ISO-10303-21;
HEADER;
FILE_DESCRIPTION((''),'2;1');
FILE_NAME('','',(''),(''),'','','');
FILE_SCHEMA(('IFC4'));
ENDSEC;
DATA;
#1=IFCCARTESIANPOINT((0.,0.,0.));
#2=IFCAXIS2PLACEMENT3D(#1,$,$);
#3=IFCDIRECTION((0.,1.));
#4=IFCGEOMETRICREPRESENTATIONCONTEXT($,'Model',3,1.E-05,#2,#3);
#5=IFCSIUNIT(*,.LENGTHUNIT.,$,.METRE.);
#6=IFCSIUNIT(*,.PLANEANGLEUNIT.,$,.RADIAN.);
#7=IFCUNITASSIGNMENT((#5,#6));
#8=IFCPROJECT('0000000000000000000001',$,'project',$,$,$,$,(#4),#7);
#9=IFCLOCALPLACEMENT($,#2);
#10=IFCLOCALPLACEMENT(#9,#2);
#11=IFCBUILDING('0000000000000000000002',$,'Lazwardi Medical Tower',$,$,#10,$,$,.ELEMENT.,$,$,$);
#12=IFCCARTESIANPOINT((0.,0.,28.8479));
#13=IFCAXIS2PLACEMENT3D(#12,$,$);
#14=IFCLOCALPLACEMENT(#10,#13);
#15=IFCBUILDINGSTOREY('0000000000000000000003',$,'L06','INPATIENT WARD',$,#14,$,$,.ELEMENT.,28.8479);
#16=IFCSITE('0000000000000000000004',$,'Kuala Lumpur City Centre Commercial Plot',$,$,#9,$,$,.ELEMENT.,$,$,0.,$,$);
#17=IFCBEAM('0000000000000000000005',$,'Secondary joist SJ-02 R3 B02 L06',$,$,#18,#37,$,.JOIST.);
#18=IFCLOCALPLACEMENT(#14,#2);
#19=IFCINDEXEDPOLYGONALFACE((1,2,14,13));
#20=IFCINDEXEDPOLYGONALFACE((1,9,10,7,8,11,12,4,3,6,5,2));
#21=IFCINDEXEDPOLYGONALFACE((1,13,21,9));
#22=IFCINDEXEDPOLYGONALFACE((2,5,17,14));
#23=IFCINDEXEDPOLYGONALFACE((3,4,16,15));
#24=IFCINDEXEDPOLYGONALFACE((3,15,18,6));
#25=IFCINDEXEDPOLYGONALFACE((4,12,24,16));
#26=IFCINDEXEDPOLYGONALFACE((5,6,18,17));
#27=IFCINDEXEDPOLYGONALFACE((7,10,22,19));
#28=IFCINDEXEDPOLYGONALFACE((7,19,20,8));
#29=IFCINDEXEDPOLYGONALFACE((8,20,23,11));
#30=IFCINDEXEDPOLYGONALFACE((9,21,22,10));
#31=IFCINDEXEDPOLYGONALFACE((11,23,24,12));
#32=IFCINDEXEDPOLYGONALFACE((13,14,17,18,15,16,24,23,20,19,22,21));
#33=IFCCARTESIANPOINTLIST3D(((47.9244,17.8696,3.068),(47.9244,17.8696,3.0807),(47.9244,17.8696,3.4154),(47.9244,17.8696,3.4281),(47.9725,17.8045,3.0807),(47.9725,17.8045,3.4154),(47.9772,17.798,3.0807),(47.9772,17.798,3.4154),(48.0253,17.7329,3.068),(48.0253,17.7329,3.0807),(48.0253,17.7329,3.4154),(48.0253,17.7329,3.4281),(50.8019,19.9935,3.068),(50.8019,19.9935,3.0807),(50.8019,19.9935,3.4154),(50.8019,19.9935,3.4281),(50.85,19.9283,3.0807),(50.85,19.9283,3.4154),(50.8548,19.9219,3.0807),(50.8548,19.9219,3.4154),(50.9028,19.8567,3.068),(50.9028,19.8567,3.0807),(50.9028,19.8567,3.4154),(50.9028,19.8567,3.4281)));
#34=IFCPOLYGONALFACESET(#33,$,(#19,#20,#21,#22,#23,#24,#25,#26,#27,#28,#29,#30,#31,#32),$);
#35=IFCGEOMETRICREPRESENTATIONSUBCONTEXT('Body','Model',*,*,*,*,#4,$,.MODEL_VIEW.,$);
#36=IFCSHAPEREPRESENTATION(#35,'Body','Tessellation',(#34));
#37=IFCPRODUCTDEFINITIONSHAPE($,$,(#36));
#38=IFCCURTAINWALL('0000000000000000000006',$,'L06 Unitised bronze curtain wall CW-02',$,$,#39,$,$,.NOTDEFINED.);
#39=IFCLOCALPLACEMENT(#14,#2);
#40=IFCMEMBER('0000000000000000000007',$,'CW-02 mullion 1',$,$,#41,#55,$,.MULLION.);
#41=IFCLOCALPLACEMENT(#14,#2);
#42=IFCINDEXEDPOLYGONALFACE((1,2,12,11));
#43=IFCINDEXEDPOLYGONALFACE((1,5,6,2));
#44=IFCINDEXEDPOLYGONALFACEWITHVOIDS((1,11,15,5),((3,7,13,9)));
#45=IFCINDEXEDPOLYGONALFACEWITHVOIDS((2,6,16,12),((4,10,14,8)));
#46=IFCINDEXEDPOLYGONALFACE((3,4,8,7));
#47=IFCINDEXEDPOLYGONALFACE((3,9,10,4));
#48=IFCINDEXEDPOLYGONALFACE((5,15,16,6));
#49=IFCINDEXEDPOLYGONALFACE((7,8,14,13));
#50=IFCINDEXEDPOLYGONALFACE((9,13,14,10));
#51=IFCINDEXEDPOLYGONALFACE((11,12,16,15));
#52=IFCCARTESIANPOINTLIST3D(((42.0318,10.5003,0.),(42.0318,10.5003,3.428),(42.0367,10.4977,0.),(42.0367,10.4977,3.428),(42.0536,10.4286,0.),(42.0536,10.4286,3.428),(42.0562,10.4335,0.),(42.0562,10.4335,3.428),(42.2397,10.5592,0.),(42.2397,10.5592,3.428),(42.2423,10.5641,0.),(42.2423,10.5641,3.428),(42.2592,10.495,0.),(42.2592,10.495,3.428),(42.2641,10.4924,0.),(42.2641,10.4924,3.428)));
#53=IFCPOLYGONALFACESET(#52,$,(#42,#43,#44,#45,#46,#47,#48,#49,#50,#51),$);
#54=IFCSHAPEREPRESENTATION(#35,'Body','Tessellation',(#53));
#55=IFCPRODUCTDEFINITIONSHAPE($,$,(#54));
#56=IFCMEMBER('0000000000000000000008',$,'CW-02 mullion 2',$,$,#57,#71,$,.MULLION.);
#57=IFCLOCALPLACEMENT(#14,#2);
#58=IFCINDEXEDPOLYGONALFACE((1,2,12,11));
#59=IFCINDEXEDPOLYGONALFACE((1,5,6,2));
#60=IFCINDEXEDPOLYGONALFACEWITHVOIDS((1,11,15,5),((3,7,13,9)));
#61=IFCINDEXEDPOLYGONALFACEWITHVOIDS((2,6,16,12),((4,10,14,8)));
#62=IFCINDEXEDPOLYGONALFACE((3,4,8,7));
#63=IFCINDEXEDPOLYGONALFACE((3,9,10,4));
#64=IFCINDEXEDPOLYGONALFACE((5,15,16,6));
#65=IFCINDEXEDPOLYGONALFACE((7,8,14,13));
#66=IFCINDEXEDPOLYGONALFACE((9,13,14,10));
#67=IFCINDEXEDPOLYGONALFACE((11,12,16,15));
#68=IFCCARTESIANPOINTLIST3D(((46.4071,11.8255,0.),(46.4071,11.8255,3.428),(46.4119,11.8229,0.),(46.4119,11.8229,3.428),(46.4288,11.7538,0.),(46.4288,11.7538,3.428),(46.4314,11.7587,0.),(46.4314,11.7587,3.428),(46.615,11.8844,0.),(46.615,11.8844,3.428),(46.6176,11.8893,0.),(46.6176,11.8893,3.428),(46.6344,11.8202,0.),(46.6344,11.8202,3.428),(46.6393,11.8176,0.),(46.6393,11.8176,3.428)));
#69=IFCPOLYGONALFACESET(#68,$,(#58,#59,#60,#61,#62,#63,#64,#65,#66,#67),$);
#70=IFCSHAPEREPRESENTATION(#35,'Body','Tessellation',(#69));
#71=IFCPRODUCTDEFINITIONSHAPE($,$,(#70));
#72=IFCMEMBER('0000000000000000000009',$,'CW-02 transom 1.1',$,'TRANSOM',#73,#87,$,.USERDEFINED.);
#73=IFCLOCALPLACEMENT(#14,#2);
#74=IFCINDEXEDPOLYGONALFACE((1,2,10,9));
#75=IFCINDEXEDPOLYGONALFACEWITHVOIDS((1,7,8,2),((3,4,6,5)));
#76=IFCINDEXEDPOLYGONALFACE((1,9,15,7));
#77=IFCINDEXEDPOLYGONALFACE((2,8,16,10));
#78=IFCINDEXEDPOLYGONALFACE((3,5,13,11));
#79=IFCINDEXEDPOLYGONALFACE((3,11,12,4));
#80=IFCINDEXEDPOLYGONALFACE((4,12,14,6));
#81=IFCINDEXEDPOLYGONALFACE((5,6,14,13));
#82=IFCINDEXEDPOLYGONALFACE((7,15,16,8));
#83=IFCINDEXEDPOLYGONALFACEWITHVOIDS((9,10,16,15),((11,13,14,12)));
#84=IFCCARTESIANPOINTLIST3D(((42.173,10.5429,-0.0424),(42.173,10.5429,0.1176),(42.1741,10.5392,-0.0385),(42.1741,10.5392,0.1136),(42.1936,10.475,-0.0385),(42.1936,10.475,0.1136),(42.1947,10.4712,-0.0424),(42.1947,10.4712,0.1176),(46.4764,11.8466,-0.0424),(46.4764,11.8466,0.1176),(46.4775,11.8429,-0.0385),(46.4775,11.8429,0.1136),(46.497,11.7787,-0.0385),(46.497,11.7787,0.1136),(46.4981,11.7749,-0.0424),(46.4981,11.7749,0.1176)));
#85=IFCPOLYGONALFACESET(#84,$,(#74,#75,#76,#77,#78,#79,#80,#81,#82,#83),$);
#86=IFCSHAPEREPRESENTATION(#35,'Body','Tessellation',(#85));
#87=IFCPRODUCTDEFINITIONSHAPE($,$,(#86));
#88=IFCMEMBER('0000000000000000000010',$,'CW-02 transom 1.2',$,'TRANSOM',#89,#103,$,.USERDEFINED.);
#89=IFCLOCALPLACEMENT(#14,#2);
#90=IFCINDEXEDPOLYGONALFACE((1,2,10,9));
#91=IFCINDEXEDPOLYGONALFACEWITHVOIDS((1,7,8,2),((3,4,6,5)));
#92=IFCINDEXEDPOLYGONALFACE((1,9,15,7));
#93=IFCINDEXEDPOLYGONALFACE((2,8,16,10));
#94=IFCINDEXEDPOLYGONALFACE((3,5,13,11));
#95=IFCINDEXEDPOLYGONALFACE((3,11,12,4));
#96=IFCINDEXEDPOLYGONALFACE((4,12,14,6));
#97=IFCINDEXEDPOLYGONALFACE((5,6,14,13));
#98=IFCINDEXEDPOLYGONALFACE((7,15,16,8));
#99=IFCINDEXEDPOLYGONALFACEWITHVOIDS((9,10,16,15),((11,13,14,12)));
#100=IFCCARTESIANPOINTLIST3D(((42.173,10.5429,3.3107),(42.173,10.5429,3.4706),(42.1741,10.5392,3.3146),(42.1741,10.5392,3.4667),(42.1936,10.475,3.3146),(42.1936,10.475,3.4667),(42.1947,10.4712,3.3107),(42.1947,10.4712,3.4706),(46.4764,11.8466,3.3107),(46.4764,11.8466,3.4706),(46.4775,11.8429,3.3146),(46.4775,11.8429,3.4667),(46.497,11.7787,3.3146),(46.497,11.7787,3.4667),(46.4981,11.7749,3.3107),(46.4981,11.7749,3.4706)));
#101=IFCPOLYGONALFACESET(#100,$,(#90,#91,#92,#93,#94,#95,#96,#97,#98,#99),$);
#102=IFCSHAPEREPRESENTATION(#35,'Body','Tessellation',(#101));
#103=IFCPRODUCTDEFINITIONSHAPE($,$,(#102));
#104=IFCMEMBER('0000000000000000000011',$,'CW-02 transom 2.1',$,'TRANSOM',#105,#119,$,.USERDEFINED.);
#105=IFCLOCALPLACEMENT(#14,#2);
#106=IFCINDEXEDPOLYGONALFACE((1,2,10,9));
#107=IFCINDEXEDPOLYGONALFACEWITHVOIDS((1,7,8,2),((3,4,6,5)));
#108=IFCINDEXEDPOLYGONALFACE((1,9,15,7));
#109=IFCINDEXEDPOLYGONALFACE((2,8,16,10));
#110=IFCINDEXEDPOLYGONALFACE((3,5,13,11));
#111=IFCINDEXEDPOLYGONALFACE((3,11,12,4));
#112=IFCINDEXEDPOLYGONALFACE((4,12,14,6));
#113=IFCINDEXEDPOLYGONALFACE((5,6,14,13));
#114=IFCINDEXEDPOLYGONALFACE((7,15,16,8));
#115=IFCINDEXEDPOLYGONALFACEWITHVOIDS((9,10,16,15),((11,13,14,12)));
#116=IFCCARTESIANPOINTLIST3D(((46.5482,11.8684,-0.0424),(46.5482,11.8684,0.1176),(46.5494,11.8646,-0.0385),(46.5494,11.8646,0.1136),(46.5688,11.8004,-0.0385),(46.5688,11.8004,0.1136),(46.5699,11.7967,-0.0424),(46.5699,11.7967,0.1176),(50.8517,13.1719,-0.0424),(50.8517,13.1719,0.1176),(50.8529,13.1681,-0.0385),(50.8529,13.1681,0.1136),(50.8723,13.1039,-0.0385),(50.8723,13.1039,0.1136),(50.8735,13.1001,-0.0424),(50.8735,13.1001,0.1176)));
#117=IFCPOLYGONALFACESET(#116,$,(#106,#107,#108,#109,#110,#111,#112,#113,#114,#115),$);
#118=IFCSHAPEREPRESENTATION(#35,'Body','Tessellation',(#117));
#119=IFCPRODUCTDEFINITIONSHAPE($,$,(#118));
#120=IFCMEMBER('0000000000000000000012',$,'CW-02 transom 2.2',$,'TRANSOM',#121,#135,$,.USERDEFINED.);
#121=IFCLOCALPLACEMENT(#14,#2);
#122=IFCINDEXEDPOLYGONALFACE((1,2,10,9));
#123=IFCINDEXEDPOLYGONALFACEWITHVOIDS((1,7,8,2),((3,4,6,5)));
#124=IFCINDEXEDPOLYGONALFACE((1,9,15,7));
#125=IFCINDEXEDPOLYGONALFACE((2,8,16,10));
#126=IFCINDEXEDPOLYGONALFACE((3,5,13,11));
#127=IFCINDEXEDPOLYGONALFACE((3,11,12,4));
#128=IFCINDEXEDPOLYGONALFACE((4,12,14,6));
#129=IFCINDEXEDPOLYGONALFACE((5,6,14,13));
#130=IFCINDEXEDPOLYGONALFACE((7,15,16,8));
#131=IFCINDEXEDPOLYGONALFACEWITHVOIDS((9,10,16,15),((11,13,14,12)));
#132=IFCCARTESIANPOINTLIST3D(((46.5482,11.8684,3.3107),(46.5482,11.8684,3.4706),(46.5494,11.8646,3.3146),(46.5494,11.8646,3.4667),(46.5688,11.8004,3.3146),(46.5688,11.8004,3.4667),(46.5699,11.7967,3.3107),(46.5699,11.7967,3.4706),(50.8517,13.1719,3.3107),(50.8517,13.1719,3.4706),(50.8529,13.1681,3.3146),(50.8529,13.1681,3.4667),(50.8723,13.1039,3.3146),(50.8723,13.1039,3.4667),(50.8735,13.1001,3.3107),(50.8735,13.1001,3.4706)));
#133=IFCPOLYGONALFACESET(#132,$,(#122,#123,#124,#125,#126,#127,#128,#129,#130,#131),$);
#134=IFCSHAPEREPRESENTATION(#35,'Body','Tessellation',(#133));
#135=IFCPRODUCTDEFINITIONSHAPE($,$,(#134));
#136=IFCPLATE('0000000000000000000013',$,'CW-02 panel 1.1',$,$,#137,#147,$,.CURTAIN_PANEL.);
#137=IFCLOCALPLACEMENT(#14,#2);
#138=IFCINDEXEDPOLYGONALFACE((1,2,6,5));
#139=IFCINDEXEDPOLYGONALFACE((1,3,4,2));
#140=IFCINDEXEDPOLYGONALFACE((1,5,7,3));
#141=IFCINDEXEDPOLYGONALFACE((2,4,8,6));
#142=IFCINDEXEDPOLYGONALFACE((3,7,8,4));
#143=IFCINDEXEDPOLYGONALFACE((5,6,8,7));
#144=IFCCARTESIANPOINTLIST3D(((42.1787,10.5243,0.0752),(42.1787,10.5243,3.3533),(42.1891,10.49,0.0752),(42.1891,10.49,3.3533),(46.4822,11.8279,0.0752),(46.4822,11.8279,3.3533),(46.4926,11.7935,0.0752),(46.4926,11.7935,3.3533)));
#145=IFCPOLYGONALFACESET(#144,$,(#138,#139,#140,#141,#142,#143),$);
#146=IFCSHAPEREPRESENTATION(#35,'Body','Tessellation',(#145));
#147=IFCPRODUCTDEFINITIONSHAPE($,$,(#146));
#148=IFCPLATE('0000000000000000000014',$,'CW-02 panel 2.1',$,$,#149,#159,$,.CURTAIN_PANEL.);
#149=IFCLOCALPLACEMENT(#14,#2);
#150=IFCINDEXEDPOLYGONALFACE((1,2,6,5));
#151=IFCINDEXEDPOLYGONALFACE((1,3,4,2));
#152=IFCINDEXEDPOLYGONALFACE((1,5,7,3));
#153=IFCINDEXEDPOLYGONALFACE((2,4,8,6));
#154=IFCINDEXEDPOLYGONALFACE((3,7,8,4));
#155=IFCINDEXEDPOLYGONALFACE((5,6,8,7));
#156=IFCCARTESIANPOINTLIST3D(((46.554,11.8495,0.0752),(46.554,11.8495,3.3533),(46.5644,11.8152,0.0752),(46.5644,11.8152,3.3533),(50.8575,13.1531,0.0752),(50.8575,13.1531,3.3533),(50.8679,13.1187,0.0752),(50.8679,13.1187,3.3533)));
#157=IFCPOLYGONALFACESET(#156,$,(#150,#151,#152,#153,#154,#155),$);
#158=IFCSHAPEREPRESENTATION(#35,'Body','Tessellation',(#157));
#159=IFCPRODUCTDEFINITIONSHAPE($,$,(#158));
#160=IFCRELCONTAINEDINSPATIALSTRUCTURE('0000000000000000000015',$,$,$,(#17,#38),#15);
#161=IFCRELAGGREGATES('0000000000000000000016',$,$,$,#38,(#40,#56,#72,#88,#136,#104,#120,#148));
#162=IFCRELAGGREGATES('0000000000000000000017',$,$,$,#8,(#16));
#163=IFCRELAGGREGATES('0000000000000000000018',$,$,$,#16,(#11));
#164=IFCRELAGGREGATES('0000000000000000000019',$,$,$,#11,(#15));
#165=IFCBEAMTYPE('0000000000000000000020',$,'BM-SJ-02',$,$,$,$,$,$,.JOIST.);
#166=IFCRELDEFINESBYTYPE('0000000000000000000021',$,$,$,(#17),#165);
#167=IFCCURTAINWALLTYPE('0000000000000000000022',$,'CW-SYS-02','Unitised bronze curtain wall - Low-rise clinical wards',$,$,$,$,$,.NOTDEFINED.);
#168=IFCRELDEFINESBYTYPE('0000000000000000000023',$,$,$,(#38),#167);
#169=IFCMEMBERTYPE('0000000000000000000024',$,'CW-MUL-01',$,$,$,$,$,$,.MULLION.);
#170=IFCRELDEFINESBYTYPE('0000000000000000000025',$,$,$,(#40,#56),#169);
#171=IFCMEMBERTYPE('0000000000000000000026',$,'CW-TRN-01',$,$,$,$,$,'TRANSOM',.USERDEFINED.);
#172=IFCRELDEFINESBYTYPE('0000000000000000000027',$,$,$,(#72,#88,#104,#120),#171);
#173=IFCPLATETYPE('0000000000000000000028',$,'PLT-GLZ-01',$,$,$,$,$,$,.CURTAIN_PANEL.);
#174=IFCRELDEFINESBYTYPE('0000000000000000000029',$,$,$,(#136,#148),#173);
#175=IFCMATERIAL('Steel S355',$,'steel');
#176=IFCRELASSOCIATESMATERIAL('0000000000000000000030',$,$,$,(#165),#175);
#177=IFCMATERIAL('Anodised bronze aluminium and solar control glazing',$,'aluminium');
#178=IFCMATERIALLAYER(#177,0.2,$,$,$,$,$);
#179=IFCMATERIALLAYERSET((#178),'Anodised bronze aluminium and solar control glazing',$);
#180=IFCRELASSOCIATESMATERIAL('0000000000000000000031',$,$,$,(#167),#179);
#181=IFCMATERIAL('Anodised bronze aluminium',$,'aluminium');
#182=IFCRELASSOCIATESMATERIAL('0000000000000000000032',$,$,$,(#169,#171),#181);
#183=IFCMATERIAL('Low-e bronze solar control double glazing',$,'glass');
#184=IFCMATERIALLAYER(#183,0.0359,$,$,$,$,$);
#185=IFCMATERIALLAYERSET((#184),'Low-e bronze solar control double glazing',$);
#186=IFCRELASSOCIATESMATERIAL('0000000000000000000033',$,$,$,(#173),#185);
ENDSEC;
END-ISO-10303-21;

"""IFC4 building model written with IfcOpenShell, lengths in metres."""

from ifc_helpers import new_model, si_unit, direction, frame, origin, origin_2d, place, context, subcontext, project, spatial, rectangle, hollow_rectangle, i_section, extrude, material, layer, layer_set, material_profile, profile_set, type_object, element, aggregate, save


model = new_model("IFC4")

# Units and contexts
model_context = context("Model", 3, precision=1e-05, world=origin(), true_north=direction((0.0, 1.0)))
body_context = subcontext(model_context, "Body", "Model", "MODEL_VIEW")
ifc_project = project(units=[si_unit("LENGTHUNIT", "METRE"), si_unit("PLANEANGLEUNIT", "RADIAN")], contexts=[model_context])

# Site, building, storey
site_placement = place(None, origin())
site = spatial("IfcSite", under=ifc_project, at=site_placement, Name="Kuala Lumpur City Centre Commercial Plot", CompositionType="ELEMENT", RefElevation=0.0)
building_placement = place(site_placement, origin())
building = spatial("IfcBuilding", under=site, at=building_placement, Name="Lazwardi Medical Tower", CompositionType="ELEMENT")
storey_placement = place(building_placement, frame((0.0, 0.0, 28.8479)))
storey = spatial("IfcBuildingStorey", under=building, at=storey_placement, Name="L06", Description="INPATIENT WARD", CompositionType="ELEMENT", Elevation=28.8479)

# Beam
ifc_material_1 = material(Name="Steel S355", Category="steel")
ifc_material_profile_1 = material_profile(ifc_material_1, i_section(OverallWidth=0.1699, OverallDepth=0.3601, WebThickness=0.0081, FlangeThickness=0.0127, at=origin_2d()), Name="IPE 360")
ifc_profile_set_1 = profile_set([ifc_material_profile_1], Name="Steel S355")
beam_type_1 = type_object("IfcBeamType", Name="BM-SJ-02", PredefinedType="JOIST", material=ifc_profile_set_1)
beam_1_placement = place(storey_placement, frame((47.9749, 17.8013, 3.248), z_axis=(0.80458, 0.593844, 0.0), x_axis=(-0.593844, 0.80458, 0.0)))
element("IfcBeam", 1, at=beam_1_placement, inside=storey, type_object=beam_type_1, Name="Secondary joist SJ-02 R3 B02 L06", PredefinedType="JOIST", context=body_context, shape_type="SweptSolid", body=[
    extrude(i_section(OverallWidth=0.1699, OverallDepth=0.3601, WebThickness=0.0081, FlangeThickness=0.0127, at=origin_2d()), origin(), (0.0, 0.0, 1.0), 3.5764),
])

# Curtain wall, members, plates
ifc_material_2 = material(Name="Anodised bronze aluminium and solar control glazing", Category="aluminium")
ifc_layer_1 = layer(ifc_material_2, 0.2)
ifc_layer_set_1 = layer_set([ifc_layer_1], Name="Anodised bronze aluminium and solar control glazing")
curtain_wall_type = type_object("IfcCurtainWallType", Name="CW-SYS-02", Description="Unitised bronze curtain wall - Low-rise clinical wards", PredefinedType="NOTDEFINED", material=ifc_layer_set_1)
curtain_wall_placement = place(storey_placement, origin())
curtain_wall = element("IfcCurtainWall", 2, at=curtain_wall_placement, inside=storey, type_object=curtain_wall_type, Name="L06 Unitised bronze curtain wall CW-02", PredefinedType="NOTDEFINED")
ifc_material_3 = material(Name="Anodised bronze aluminium", Category="aluminium")
ifc_material_profile_2 = material_profile(ifc_material_3, hollow_rectangle(XDim=0.075, YDim=0.22, WallThickness=0.0039, at=origin_2d()), Name="ALU-MULLION 220x75x4")
ifc_profile_set_2 = profile_set([ifc_material_profile_2], Name="Anodised bronze aluminium")
member_type_1 = type_object("IfcMemberType", Name="CW-MUL-01", PredefinedType="MULLION", material=ifc_profile_set_2)
member_1_placement = place(storey_placement, frame((42.1479, 10.4963, 0.0), z_axis=(0.0, 0.0, 1.0), x_axis=(-0.289896, 0.957058, 0.0)))
member_1 = element("IfcMember", 3, at=member_1_placement, type_object=member_type_1, Name="CW-02 mullion 1", PredefinedType="MULLION", context=body_context, shape_type="SweptSolid", body=[
    extrude(hollow_rectangle(XDim=0.075, YDim=0.22, WallThickness=0.0039, at=origin_2d()), origin(), (0.0, 0.0, 1.0), 3.428),
])
member_2_placement = place(storey_placement, frame((46.5232, 11.8215, 0.0), z_axis=(0.0, 0.0, 1.0), x_axis=(-0.289896, 0.957058, 0.0)))
member_2 = element("IfcMember", 4, at=member_2_placement, type_object=member_type_1, Name="CW-02 mullion 2", PredefinedType="MULLION", context=body_context, shape_type="SweptSolid", body=[
    extrude(hollow_rectangle(XDim=0.075, YDim=0.22, WallThickness=0.0039, at=origin_2d()), origin(), (0.0, 0.0, 1.0), 3.428),
])
ifc_material_profile_3 = material_profile(ifc_material_3, hollow_rectangle(XDim=0.075, YDim=0.1599, WallThickness=0.0039, at=origin_2d()), Name="ALU-TRANSOM 160x75x4")
ifc_profile_set_3 = profile_set([ifc_material_profile_3], Name="Anodised bronze aluminium")
member_type_2 = type_object("IfcMemberType", Name="CW-TRN-01", ElementType="TRANSOM", PredefinedType="USERDEFINED", material=ifc_profile_set_3)
member_3_placement = place(storey_placement, frame((42.1838, 10.5071, 0.0376), z_axis=(0.957047, 0.289932, 0.0), x_axis=(-0.289932, 0.957047, 0.0)))
member_3 = element("IfcMember", 5, at=member_3_placement, type_object=member_type_2, Name="CW-02 transom 1.1", ObjectType="TRANSOM", PredefinedType="USERDEFINED", context=body_context, shape_type="SweptSolid", body=[
    extrude(hollow_rectangle(XDim=0.075, YDim=0.1599, WallThickness=0.0039, at=origin_2d()), origin(), (0.0, 0.0, 1.0), 4.4966),
])
member_4_placement = place(storey_placement, frame((42.1838, 10.5071, 3.3906), z_axis=(0.957047, 0.289932, 0.0), x_axis=(-0.289932, 0.957047, 0.0)))
member_4 = element("IfcMember", 6, at=member_4_placement, type_object=member_type_2, Name="CW-02 transom 1.2", ObjectType="TRANSOM", PredefinedType="USERDEFINED", context=body_context, shape_type="SweptSolid", body=[
    extrude(hollow_rectangle(XDim=0.075, YDim=0.1599, WallThickness=0.0039, at=origin_2d()), origin(), (0.0, 0.0, 1.0), 4.4966),
])
member_5_placement = place(storey_placement, frame((46.5591, 11.8325, 0.0376), z_axis=(0.957062, 0.289882, 0.0), x_axis=(-0.289882, 0.957062, 0.0)))
member_5 = element("IfcMember", 7, at=member_5_placement, type_object=member_type_2, Name="CW-02 transom 2.1", ObjectType="TRANSOM", PredefinedType="USERDEFINED", context=body_context, shape_type="SweptSolid", body=[
    extrude(hollow_rectangle(XDim=0.075, YDim=0.1599, WallThickness=0.0039, at=origin_2d()), origin(), (0.0, 0.0, 1.0), 4.4966),
])
member_6_placement = place(storey_placement, frame((46.5591, 11.8325, 3.3906), z_axis=(0.957062, 0.289882, 0.0), x_axis=(-0.289882, 0.957062, 0.0)))
member_6 = element("IfcMember", 8, at=member_6_placement, type_object=member_type_2, Name="CW-02 transom 2.2", ObjectType="TRANSOM", PredefinedType="USERDEFINED", context=body_context, shape_type="SweptSolid", body=[
    extrude(hollow_rectangle(XDim=0.075, YDim=0.1599, WallThickness=0.0039, at=origin_2d()), origin(), (0.0, 0.0, 1.0), 4.4966),
])
ifc_material_4 = material(Name="Low-e bronze solar control double glazing", Category="glass")
ifc_layer_2 = layer(ifc_material_4, 0.0359)
ifc_layer_set_2 = layer_set([ifc_layer_2], Name="Low-e bronze solar control double glazing")
plate_type = type_object("IfcPlateType", Name="PLT-GLZ-01", PredefinedType="CURTAIN_PANEL", material=ifc_layer_set_2)
plate_1_placement = place(storey_placement, frame((44.3357, 11.1589, 0.0752), z_axis=(0.0, 0.0, 1.0), x_axis=(0.957058, 0.289896, 0.0)))
plate_1 = element("IfcPlate", 9, at=plate_1_placement, type_object=plate_type, Name="CW-02 panel 1.1", PredefinedType="CURTAIN_PANEL", context=body_context, shape_type="SweptSolid", body=[
    extrude(rectangle(XDim=4.4966, YDim=0.0359, at=origin_2d()), origin(), (0.0, 0.0, 1.0), 3.2781),
])
plate_2_placement = place(storey_placement, frame((48.7109, 12.4841, 0.0752), z_axis=(0.0, 0.0, 1.0), x_axis=(0.957058, 0.289896, 0.0)))
plate_2 = element("IfcPlate", 10, at=plate_2_placement, type_object=plate_type, Name="CW-02 panel 2.1", PredefinedType="CURTAIN_PANEL", context=body_context, shape_type="SweptSolid", body=[
    extrude(rectangle(XDim=4.4966, YDim=0.0359, at=origin_2d()), origin(), (0.0, 0.0, 1.0), 3.2781),
])
aggregate(curtain_wall, [member_1, member_2, member_3, member_4, plate_1, member_5, member_6, plate_2])

save(model, "model.ifc")
